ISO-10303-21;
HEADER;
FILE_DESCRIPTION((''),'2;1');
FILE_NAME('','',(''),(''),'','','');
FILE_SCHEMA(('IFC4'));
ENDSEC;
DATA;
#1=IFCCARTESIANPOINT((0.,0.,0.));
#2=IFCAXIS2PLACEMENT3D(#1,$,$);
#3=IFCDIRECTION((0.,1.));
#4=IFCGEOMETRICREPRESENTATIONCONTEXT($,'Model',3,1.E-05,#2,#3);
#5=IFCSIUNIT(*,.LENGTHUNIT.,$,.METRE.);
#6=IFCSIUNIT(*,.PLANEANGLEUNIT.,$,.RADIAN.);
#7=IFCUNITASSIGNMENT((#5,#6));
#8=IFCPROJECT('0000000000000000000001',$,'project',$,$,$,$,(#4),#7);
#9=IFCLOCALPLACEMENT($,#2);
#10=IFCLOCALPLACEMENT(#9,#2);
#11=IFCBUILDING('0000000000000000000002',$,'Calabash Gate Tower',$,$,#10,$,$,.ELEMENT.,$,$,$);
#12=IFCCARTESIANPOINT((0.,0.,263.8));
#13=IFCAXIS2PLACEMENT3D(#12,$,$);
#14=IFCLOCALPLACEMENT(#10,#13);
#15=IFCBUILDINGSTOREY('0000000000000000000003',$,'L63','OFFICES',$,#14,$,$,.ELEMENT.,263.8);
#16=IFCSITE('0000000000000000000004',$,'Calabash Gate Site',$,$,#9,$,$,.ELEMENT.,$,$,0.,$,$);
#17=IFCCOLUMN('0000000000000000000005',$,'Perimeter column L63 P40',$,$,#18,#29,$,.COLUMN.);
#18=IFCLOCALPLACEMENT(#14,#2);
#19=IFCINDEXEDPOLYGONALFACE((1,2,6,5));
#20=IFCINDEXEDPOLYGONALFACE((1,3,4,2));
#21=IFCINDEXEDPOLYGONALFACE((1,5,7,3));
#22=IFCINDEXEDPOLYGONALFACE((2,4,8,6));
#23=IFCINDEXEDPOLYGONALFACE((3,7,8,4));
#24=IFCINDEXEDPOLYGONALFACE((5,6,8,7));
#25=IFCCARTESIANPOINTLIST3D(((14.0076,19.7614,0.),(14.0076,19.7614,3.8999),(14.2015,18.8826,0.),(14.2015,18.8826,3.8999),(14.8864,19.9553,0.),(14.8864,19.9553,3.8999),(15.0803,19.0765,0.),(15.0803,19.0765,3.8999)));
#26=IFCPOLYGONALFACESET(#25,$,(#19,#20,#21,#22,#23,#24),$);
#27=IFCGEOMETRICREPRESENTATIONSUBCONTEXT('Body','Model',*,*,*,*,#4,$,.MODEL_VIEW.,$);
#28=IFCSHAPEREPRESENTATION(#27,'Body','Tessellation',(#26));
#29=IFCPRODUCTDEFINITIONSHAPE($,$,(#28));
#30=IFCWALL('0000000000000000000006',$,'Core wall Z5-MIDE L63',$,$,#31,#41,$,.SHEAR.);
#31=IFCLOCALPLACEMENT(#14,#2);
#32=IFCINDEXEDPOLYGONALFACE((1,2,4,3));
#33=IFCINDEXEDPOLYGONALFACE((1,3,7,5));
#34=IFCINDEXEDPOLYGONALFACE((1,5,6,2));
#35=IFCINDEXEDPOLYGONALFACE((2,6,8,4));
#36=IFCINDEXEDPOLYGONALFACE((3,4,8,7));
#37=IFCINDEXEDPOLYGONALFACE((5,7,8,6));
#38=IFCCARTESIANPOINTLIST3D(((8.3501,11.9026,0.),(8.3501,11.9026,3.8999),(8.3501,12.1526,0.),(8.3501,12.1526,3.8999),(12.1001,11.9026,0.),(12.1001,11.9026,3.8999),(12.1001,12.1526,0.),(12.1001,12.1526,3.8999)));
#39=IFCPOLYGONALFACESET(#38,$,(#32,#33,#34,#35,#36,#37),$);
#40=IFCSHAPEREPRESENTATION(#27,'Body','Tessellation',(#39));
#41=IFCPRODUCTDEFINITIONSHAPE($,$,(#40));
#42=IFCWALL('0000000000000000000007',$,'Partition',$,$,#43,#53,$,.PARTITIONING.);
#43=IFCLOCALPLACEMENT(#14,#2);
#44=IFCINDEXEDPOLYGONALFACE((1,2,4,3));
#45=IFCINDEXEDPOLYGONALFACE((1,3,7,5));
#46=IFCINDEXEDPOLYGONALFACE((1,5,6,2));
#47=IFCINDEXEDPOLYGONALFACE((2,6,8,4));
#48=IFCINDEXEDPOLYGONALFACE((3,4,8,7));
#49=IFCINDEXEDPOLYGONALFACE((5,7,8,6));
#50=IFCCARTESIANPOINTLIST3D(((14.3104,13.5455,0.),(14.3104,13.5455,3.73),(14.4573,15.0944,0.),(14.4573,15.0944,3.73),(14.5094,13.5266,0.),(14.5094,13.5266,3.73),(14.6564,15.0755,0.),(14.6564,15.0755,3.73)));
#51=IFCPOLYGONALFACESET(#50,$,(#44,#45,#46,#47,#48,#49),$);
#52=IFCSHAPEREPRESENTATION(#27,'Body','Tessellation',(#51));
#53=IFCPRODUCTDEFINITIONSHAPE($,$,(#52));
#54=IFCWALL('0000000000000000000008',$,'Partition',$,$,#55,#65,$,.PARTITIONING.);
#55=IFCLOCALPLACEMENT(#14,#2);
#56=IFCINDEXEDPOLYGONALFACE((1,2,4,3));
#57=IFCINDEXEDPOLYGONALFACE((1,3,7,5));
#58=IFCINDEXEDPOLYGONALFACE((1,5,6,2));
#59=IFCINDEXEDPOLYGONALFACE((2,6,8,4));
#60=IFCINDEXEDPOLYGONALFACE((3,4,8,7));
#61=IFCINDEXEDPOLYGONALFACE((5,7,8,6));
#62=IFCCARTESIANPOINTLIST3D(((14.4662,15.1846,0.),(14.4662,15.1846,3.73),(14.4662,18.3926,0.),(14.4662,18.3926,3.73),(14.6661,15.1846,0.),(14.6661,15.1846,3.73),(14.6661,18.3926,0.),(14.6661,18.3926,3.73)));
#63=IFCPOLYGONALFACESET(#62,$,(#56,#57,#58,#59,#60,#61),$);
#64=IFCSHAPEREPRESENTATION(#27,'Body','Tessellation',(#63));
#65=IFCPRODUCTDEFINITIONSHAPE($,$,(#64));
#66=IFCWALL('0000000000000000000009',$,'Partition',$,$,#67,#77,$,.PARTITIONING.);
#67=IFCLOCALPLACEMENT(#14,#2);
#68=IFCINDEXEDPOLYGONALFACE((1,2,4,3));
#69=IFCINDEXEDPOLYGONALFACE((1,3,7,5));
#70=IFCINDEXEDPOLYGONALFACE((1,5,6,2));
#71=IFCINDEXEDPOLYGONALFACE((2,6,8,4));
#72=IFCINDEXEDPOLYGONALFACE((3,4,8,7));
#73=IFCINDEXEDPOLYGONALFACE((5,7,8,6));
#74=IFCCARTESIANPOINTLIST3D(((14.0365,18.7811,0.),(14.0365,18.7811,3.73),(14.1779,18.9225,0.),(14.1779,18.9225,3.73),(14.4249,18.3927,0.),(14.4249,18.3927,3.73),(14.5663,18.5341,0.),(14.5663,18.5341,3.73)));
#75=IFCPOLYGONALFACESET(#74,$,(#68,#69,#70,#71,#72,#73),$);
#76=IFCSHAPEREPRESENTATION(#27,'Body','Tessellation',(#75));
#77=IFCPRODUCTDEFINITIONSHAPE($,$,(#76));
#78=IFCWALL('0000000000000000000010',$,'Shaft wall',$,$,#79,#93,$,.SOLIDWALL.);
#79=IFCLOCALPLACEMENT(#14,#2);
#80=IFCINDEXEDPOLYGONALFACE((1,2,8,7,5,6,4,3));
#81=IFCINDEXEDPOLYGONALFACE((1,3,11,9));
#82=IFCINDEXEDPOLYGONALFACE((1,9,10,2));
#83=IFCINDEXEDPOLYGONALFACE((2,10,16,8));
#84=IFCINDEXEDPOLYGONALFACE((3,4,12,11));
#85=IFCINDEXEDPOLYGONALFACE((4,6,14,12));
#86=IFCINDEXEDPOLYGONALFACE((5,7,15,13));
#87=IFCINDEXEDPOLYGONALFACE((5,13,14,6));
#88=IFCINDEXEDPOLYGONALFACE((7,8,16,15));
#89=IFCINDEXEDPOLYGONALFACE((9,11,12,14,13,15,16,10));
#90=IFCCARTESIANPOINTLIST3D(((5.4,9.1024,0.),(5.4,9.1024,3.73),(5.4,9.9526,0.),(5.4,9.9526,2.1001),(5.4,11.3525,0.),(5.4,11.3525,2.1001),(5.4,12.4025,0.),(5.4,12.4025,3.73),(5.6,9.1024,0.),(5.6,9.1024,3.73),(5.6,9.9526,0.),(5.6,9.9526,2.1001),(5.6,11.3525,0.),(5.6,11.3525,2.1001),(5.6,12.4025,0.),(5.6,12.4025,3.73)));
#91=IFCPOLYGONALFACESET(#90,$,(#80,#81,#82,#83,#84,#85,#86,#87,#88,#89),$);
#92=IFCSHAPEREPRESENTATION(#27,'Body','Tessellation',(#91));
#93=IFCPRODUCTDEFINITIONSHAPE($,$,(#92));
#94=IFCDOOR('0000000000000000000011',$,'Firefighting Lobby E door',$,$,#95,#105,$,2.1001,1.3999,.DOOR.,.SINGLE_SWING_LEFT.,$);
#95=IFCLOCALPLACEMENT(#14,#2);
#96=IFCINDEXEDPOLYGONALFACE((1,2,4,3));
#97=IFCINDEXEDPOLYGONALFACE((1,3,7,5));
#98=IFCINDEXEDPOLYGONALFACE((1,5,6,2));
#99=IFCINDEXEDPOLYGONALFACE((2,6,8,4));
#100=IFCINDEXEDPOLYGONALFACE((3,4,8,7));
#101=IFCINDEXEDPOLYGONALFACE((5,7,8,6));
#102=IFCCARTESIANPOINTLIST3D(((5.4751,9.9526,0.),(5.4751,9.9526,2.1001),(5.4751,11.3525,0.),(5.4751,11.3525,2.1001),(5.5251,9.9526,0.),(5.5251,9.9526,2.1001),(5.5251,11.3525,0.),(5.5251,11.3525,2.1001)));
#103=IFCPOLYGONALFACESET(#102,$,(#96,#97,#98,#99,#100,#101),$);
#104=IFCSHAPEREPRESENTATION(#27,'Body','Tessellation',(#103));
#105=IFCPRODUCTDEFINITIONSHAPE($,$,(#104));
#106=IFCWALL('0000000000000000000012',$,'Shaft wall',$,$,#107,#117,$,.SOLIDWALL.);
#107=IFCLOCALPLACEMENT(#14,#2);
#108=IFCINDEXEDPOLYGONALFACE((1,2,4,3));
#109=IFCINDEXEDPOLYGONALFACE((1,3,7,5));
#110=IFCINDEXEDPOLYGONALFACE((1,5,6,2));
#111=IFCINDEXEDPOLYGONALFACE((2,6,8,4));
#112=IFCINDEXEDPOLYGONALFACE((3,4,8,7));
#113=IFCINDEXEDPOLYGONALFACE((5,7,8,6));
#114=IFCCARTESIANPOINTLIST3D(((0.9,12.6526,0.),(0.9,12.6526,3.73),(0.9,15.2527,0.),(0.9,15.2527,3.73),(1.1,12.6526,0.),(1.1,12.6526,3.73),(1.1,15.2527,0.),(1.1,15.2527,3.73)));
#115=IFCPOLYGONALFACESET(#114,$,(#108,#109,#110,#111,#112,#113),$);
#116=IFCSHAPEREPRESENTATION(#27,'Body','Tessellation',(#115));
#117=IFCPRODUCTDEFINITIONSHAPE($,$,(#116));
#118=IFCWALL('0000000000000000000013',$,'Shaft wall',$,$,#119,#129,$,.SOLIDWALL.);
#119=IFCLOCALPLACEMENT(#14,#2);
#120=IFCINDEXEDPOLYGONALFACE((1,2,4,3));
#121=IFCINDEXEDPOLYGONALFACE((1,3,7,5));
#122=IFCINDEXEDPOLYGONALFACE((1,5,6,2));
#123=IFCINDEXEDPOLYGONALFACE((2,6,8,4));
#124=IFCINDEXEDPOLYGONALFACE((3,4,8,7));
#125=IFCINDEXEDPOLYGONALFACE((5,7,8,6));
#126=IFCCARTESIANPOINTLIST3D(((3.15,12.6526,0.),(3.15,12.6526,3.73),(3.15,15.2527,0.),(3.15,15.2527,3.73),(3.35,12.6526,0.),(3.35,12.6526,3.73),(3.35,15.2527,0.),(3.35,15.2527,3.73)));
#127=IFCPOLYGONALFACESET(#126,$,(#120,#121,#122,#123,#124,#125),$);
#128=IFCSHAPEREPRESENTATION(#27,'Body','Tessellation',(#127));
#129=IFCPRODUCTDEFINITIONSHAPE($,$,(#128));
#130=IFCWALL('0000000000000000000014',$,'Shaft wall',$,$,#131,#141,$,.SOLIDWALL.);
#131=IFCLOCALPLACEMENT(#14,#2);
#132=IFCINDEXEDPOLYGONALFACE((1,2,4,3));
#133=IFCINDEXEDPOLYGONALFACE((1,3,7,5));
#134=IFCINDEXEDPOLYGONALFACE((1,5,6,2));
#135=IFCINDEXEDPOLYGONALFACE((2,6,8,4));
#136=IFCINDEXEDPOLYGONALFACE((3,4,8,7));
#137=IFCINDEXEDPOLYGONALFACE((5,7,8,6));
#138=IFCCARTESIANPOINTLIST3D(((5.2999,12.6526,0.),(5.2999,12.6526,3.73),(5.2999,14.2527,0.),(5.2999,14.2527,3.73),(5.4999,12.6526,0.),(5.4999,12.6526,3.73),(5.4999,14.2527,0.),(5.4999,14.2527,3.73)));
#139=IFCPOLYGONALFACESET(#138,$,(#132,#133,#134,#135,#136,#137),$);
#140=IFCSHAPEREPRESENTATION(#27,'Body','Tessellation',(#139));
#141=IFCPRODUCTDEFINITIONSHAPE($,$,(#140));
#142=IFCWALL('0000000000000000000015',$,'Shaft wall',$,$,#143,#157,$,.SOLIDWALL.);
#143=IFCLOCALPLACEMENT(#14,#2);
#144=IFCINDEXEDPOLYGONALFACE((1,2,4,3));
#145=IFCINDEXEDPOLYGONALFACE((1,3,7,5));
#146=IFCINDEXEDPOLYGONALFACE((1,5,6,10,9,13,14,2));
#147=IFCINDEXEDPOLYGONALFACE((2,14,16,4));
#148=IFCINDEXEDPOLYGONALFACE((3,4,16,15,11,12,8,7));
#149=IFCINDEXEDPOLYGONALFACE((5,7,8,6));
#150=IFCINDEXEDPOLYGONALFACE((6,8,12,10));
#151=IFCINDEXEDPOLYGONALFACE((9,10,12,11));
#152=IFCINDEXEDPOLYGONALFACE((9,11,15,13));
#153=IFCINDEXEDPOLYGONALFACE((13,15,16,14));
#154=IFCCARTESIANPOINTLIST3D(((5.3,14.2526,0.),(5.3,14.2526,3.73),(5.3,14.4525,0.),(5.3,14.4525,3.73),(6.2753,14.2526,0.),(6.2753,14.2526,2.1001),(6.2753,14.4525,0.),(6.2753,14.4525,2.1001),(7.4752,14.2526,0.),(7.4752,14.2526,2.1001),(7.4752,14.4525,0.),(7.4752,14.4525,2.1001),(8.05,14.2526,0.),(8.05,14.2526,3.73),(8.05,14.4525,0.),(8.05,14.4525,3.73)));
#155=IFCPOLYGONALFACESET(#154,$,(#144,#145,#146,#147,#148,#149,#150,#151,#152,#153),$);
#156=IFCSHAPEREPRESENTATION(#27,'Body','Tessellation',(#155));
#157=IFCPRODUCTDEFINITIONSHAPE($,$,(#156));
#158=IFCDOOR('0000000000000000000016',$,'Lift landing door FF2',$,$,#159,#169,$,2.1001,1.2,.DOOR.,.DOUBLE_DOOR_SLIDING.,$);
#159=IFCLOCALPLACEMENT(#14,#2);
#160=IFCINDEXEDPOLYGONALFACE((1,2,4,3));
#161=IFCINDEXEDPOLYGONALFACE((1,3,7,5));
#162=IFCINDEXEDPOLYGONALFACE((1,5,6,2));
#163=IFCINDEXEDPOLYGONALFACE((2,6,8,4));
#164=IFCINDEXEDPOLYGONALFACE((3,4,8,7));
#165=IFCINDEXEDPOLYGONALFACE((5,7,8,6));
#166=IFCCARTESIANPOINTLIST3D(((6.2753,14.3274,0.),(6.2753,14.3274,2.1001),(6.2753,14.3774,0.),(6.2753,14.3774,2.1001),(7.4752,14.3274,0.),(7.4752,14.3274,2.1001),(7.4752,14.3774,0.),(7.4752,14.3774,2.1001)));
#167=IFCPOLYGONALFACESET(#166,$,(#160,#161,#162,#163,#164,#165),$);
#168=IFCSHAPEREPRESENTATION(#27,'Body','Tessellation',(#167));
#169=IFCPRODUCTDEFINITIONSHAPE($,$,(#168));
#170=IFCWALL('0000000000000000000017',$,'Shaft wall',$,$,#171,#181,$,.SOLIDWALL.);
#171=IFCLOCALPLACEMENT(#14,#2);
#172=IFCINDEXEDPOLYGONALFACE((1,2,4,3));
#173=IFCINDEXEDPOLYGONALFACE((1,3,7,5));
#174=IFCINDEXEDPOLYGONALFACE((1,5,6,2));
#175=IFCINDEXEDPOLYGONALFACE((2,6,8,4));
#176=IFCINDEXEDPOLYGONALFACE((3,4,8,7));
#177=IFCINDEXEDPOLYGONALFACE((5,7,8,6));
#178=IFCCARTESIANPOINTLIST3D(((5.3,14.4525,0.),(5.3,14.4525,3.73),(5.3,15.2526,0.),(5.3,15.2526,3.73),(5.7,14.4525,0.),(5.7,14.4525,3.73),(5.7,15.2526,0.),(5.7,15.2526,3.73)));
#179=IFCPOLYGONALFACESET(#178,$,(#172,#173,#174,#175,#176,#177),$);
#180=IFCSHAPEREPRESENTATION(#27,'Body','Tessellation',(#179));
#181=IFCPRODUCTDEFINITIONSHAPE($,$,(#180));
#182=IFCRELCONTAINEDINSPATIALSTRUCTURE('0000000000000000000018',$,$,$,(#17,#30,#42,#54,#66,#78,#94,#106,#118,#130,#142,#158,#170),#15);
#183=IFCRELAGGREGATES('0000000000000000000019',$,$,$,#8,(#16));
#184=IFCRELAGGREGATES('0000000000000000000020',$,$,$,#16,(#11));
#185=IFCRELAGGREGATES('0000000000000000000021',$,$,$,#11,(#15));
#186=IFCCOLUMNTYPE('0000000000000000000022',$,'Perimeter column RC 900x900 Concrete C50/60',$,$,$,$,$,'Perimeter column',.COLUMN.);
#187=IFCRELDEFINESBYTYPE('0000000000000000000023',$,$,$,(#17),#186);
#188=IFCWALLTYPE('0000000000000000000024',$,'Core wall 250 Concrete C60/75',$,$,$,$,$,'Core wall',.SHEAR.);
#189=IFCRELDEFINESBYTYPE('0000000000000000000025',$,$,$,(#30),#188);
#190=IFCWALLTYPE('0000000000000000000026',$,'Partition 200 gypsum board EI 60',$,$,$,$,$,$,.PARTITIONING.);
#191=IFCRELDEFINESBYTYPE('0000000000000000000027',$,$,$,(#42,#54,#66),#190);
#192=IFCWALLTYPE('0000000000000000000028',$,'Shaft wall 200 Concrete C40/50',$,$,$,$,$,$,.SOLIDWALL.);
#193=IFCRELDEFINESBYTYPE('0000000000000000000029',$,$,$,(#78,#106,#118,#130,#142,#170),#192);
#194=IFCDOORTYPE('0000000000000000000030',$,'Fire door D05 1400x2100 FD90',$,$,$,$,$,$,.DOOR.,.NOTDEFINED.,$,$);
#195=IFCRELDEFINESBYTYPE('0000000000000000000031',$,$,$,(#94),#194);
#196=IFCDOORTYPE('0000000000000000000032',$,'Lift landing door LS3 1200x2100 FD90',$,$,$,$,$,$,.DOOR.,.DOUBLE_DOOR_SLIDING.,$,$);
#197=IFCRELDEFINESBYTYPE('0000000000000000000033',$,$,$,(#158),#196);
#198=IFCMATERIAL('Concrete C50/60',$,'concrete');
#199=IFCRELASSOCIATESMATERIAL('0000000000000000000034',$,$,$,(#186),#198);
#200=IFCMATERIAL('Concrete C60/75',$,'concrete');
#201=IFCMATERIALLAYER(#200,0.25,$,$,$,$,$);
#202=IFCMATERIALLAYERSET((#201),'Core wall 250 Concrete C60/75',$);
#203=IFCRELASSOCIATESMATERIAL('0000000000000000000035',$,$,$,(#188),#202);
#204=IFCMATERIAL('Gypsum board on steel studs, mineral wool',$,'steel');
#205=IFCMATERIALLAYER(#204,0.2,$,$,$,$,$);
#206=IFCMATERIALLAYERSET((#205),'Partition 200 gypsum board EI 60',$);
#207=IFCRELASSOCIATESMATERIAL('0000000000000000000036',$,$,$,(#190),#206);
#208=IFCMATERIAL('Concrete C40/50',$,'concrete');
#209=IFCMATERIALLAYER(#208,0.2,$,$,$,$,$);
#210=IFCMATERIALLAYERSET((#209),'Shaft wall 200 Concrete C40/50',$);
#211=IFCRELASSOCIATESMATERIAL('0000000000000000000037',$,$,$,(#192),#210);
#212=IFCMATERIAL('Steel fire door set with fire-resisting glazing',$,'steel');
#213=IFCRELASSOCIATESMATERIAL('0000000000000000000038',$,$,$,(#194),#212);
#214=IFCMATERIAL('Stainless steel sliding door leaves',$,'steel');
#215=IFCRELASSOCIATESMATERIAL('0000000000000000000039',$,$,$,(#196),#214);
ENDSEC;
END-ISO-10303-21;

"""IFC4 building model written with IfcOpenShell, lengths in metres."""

from ifc_helpers import new_model, si_unit, direction, frame, frame_2d, origin, origin_2d, place, context, subcontext, project, spatial, rectangle, extrude, material, layer, layer_set, material_profile, profile_set, type_object, element, fill, save


model = new_model("IFC4")

# Units and contexts
model_context = context("Model", 3, precision=1e-05, world=origin(), true_north=direction((0.0, 1.0)))
body_context = subcontext(model_context, "Body", "Model", "MODEL_VIEW")
ifc_project = project(units=[si_unit("LENGTHUNIT", "METRE"), si_unit("PLANEANGLEUNIT", "RADIAN")], contexts=[model_context])

# Site, building, storey
site_placement = place(None, origin())
site = spatial("IfcSite", under=ifc_project, at=site_placement, Name="Calabash Gate Site", CompositionType="ELEMENT", RefElevation=0.0)
building_placement = place(site_placement, origin())
building = spatial("IfcBuilding", under=site, at=building_placement, Name="Calabash Gate Tower", CompositionType="ELEMENT")
storey_placement = place(building_placement, frame((0.0, 0.0, 263.8)))
storey = spatial("IfcBuildingStorey", under=building, at=storey_placement, Name="L63", Description="OFFICES", CompositionType="ELEMENT", Elevation=263.8)

# Column
ifc_material_1 = material(Name="Concrete C50/60", Category="concrete")
ifc_material_profile = material_profile(ifc_material_1, rectangle(XDim=0.8999, YDim=0.8999, at=origin_2d()))
ifc_profile_set = profile_set([ifc_material_profile], Name="Concrete C50/60")
column_type = type_object("IfcColumnType", Name="Perimeter column RC 900x900 Concrete C50/60", ElementType="Perimeter column", PredefinedType="COLUMN", material=ifc_profile_set)
column_placement = place(storey_placement, frame((14.5439, 19.4189, 0.0), z_axis=(0.0, 0.0, 1.0), x_axis=(-0.976511, -0.215468, 0.0)))
element("IfcColumn", 1, at=column_placement, inside=storey, type_object=column_type, Name="Perimeter column L63 P40", PredefinedType="COLUMN", context=body_context, shape_type="SweptSolid", body=[
    extrude(rectangle(XDim=0.8999, YDim=0.8999, at=origin_2d()), origin(), (0.0, 0.0, 1.0), 3.8999),
])

# Walls
ifc_material_2 = material(Name="Concrete C60/75", Category="concrete")
ifc_layer_1 = layer(ifc_material_2, 0.25)
ifc_layer_set_1 = layer_set([ifc_layer_1], Name="Core wall 250 Concrete C60/75")
wall_type_1 = type_object("IfcWallType", Name="Core wall 250 Concrete C60/75", ElementType="Core wall", PredefinedType="SHEAR", material=ifc_layer_set_1)
wall_1_placement = place(storey_placement, frame((8.3501, 12.0276, 0.0), z_axis=(0.0, 0.0, 1.0), x_axis=(1.0, 0.0, 0.0)))
element("IfcWall", 2, at=wall_1_placement, inside=storey, type_object=wall_type_1, Name="Core wall Z5-MIDE L63", PredefinedType="SHEAR", context=body_context, shape_type="SweptSolid", body=[
    extrude(rectangle(XDim=3.75, YDim=0.25, at=frame_2d((1.875, 0.0))), origin(), (0.0, 0.0, 1.0), 3.8999),
])
ifc_material_3 = material(Name="Gypsum board on steel studs, mineral wool", Category="steel")
ifc_layer_2 = layer(ifc_material_3, 0.2)
ifc_layer_set_2 = layer_set([ifc_layer_2], Name="Partition 200 gypsum board EI 60")
wall_type_2 = type_object("IfcWallType", Name="Partition 200 gypsum board EI 60", PredefinedType="PARTITIONING", material=ifc_layer_set_2)
wall_2_placement = place(storey_placement, frame((14.4099, 13.5361, 0.0), z_axis=(0.0, 0.0, 1.0), x_axis=(0.094454, 0.995529, 0.0)))
element("IfcWall", 3, at=wall_2_placement, inside=storey, type_object=wall_type_2, Name="Partition", PredefinedType="PARTITIONING", context=body_context, shape_type="SweptSolid", body=[
    extrude(rectangle(XDim=1.5559, YDim=0.2, at=frame_2d((0.7778, 0.0))), origin(), (0.0, 0.0, 1.0), 3.73),
])
wall_3_placement = place(storey_placement, frame((14.5662, 18.3926, 0.0), z_axis=(0.0, 0.0, 1.0), x_axis=(0.0, -1.0, 0.0)))
element("IfcWall", 4, at=wall_3_placement, inside=storey, type_object=wall_type_2, Name="Partition", PredefinedType="PARTITIONING", context=body_context, shape_type="SweptSolid", body=[
    extrude(rectangle(XDim=3.208, YDim=0.2, at=frame_2d((1.604, 0.0))), origin(), (0.0, 0.0, 1.0), 3.73),
])
wall_4_placement = place(storey_placement, frame((14.1072, 18.8518, 0.0), z_axis=(0.0, 0.0, 1.0), x_axis=(0.707107, -0.707107, 0.0)))
element("IfcWall", 5, at=wall_4_placement, inside=storey, type_object=wall_type_2, Name="Partition", PredefinedType="PARTITIONING", context=body_context, shape_type="SweptSolid", body=[
    extrude(rectangle(XDim=0.5493, YDim=0.2, at=frame_2d((0.2747, 0.0))), origin(), (0.0, 0.0, 1.0), 3.73),
])

# Wall, opening, door
ifc_material_4 = material(Name="Concrete C40/50", Category="concrete")
ifc_layer_3 = layer(ifc_material_4, 0.2)
ifc_layer_set_3 = layer_set([ifc_layer_3], Name="Shaft wall 200 Concrete C40/50")
wall_type_3 = type_object("IfcWallType", Name="Shaft wall 200 Concrete C40/50", PredefinedType="SOLIDWALL", material=ifc_layer_set_3)
wall_5_placement = place(storey_placement, frame((5.5, 9.1025, 0.0), z_axis=(0.0, 0.0, 1.0), x_axis=(0.0, 1.0, 0.0)))
wall_5 = element("IfcWall", 6, at=wall_5_placement, inside=storey, type_object=wall_type_3, Name="Shaft wall", PredefinedType="SOLIDWALL", context=body_context, shape_type="SweptSolid", body=[
    extrude(rectangle(XDim=3.3, YDim=0.2, at=frame_2d((1.6499, 0.0))), origin(), (0.0, 0.0, 1.0), 3.73),
])
opening_1_placement = place(wall_5_placement, frame((0.8501, 0.0, 0.0)))
opening_1 = element("IfcOpeningElement", 7, at=opening_1_placement, cuts=wall_5, PredefinedType="OPENING", context=body_context, shape_type="SweptSolid", body=[
    extrude(rectangle(XDim=1.3999, YDim=2.1001, at=frame_2d((0.7, 1.05))), frame((0.0, 0.1099, 0.0), z_axis=(0.0, -1.0, 0.0), x_axis=(1.0, 0.0, 0.0)), (0.0, 0.0, 1.0), 0.22),
])
ifc_material_5 = material(Name="Steel fire door set with fire-resisting glazing", Category="steel")
door_type_1 = type_object("IfcDoorType", Name="Fire door D05 1400x2100 FD90", OperationType="NOTDEFINED", PredefinedType="DOOR", material=ifc_material_5)
door_1_placement = place(opening_1_placement, origin())
door_1 = element("IfcDoor", 8, at=door_1_placement, inside=storey, type_object=door_type_1, Name="Firefighting Lobby E door", OperationType="SINGLE_SWING_LEFT", OverallHeight=2.1001, OverallWidth=1.3999, PredefinedType="DOOR", context=body_context, shape_type="SweptSolid", body=[
    extrude(rectangle(XDim=1.3999, YDim=2.1001, at=frame_2d((0.7, 1.05))), frame((0.0, 0.0249, 0.0), z_axis=(0.0, -1.0, 0.0), x_axis=(1.0, 0.0, 0.0)), (0.0, 0.0, 1.0), 0.05),
])
fill(opening_1, door_1)

# Walls
for number, where, z_axis, x_axis, name in (
    (9, (1.0, 12.6526, 0.0), (0.0, 0.0, 1.0), (0.0, 1.0, 0.0), "Shaft wall"),
    (10, (3.25, 12.6526, 0.0), (0.0, 0.0, 1.0), (0.0, 1.0, 0.0), "Shaft wall"),
):
    element("IfcWall", number, at=place(storey_placement, frame(where, z_axis=z_axis, x_axis=x_axis)), inside=storey, type_object=wall_type_3, Name=name, PredefinedType="SOLIDWALL", context=body_context, shape_type="SweptSolid", body=[
        extrude(rectangle(XDim=2.6001, YDim=0.2, at=frame_2d((1.3, 0.0))), origin(), (0.0, 0.0, 1.0), 3.73),
    ])
wall_6_placement = place(storey_placement, frame((5.3999, 12.6526, 0.0), z_axis=(0.0, 0.0, 1.0), x_axis=(0.0, 1.0, 0.0)))
element("IfcWall", 11, at=wall_6_placement, inside=storey, type_object=wall_type_3, Name="Shaft wall", PredefinedType="SOLIDWALL", context=body_context, shape_type="SweptSolid", body=[
    extrude(rectangle(XDim=1.6001, YDim=0.2, at=frame_2d((0.8, 0.0))), origin(), (0.0, 0.0, 1.0), 3.73),
])

# Wall, opening, door
wall_7_placement = place(storey_placement, frame((5.3, 14.3525, 0.0), z_axis=(0.0, 0.0, 1.0), x_axis=(1.0, 0.0, 0.0)))
wall_7 = element("IfcWall", 12, at=wall_7_placement, inside=storey, type_object=wall_type_3, Name="Shaft wall", PredefinedType="SOLIDWALL", context=body_context, shape_type="SweptSolid", body=[
    extrude(rectangle(XDim=2.75, YDim=0.2, at=frame_2d((1.375, 0.0))), origin(), (0.0, 0.0, 1.0), 3.73),
])
opening_2_placement = place(wall_7_placement, frame((0.9751, 0.0, 0.0)))
opening_2 = element("IfcOpeningElement", 13, at=opening_2_placement, cuts=wall_7, PredefinedType="OPENING", context=body_context, shape_type="SweptSolid", body=[
    extrude(rectangle(XDim=1.2, YDim=2.1001, at=frame_2d((0.6001, 1.05))), frame((0.0, 0.1099, 0.0), z_axis=(0.0, -1.0, 0.0), x_axis=(1.0, 0.0, 0.0)), (0.0, 0.0, 1.0), 0.22),
])
ifc_material_6 = material(Name="Stainless steel sliding door leaves", Category="steel")
door_type_2 = type_object("IfcDoorType", Name="Lift landing door LS3 1200x2100 FD90", OperationType="DOUBLE_DOOR_SLIDING", PredefinedType="DOOR", material=ifc_material_6)
door_2_placement = place(opening_2_placement, origin())
door_2 = element("IfcDoor", 14, at=door_2_placement, inside=storey, type_object=door_type_2, Name="Lift landing door FF2", OperationType="DOUBLE_DOOR_SLIDING", OverallHeight=2.1001, OverallWidth=1.2, PredefinedType="DOOR", context=body_context, shape_type="SweptSolid", body=[
    extrude(rectangle(XDim=1.2, YDim=2.1001, at=frame_2d((0.6001, 1.05))), frame((0.0, 0.0249, 0.0), z_axis=(0.0, -1.0, 0.0), x_axis=(1.0, 0.0, 0.0)), (0.0, 0.0, 1.0), 0.05),
])
fill(opening_2, door_2)

# Wall
wall_8_placement = place(storey_placement, frame((5.5, 14.4526, 0.0), z_axis=(0.0, 0.0, 1.0), x_axis=(0.0, 1.0, 0.0)))
element("IfcWall", 15, at=wall_8_placement, inside=storey, type_object=wall_type_3, Name="Shaft wall", PredefinedType="SOLIDWALL", context=body_context, shape_type="SweptSolid", body=[
    extrude(rectangle(XDim=0.8, YDim=0.3999, at=frame_2d((0.3999, 0.0))), origin(), (0.0, 0.0, 1.0), 3.73),
])

save(model, "model.ifc")
